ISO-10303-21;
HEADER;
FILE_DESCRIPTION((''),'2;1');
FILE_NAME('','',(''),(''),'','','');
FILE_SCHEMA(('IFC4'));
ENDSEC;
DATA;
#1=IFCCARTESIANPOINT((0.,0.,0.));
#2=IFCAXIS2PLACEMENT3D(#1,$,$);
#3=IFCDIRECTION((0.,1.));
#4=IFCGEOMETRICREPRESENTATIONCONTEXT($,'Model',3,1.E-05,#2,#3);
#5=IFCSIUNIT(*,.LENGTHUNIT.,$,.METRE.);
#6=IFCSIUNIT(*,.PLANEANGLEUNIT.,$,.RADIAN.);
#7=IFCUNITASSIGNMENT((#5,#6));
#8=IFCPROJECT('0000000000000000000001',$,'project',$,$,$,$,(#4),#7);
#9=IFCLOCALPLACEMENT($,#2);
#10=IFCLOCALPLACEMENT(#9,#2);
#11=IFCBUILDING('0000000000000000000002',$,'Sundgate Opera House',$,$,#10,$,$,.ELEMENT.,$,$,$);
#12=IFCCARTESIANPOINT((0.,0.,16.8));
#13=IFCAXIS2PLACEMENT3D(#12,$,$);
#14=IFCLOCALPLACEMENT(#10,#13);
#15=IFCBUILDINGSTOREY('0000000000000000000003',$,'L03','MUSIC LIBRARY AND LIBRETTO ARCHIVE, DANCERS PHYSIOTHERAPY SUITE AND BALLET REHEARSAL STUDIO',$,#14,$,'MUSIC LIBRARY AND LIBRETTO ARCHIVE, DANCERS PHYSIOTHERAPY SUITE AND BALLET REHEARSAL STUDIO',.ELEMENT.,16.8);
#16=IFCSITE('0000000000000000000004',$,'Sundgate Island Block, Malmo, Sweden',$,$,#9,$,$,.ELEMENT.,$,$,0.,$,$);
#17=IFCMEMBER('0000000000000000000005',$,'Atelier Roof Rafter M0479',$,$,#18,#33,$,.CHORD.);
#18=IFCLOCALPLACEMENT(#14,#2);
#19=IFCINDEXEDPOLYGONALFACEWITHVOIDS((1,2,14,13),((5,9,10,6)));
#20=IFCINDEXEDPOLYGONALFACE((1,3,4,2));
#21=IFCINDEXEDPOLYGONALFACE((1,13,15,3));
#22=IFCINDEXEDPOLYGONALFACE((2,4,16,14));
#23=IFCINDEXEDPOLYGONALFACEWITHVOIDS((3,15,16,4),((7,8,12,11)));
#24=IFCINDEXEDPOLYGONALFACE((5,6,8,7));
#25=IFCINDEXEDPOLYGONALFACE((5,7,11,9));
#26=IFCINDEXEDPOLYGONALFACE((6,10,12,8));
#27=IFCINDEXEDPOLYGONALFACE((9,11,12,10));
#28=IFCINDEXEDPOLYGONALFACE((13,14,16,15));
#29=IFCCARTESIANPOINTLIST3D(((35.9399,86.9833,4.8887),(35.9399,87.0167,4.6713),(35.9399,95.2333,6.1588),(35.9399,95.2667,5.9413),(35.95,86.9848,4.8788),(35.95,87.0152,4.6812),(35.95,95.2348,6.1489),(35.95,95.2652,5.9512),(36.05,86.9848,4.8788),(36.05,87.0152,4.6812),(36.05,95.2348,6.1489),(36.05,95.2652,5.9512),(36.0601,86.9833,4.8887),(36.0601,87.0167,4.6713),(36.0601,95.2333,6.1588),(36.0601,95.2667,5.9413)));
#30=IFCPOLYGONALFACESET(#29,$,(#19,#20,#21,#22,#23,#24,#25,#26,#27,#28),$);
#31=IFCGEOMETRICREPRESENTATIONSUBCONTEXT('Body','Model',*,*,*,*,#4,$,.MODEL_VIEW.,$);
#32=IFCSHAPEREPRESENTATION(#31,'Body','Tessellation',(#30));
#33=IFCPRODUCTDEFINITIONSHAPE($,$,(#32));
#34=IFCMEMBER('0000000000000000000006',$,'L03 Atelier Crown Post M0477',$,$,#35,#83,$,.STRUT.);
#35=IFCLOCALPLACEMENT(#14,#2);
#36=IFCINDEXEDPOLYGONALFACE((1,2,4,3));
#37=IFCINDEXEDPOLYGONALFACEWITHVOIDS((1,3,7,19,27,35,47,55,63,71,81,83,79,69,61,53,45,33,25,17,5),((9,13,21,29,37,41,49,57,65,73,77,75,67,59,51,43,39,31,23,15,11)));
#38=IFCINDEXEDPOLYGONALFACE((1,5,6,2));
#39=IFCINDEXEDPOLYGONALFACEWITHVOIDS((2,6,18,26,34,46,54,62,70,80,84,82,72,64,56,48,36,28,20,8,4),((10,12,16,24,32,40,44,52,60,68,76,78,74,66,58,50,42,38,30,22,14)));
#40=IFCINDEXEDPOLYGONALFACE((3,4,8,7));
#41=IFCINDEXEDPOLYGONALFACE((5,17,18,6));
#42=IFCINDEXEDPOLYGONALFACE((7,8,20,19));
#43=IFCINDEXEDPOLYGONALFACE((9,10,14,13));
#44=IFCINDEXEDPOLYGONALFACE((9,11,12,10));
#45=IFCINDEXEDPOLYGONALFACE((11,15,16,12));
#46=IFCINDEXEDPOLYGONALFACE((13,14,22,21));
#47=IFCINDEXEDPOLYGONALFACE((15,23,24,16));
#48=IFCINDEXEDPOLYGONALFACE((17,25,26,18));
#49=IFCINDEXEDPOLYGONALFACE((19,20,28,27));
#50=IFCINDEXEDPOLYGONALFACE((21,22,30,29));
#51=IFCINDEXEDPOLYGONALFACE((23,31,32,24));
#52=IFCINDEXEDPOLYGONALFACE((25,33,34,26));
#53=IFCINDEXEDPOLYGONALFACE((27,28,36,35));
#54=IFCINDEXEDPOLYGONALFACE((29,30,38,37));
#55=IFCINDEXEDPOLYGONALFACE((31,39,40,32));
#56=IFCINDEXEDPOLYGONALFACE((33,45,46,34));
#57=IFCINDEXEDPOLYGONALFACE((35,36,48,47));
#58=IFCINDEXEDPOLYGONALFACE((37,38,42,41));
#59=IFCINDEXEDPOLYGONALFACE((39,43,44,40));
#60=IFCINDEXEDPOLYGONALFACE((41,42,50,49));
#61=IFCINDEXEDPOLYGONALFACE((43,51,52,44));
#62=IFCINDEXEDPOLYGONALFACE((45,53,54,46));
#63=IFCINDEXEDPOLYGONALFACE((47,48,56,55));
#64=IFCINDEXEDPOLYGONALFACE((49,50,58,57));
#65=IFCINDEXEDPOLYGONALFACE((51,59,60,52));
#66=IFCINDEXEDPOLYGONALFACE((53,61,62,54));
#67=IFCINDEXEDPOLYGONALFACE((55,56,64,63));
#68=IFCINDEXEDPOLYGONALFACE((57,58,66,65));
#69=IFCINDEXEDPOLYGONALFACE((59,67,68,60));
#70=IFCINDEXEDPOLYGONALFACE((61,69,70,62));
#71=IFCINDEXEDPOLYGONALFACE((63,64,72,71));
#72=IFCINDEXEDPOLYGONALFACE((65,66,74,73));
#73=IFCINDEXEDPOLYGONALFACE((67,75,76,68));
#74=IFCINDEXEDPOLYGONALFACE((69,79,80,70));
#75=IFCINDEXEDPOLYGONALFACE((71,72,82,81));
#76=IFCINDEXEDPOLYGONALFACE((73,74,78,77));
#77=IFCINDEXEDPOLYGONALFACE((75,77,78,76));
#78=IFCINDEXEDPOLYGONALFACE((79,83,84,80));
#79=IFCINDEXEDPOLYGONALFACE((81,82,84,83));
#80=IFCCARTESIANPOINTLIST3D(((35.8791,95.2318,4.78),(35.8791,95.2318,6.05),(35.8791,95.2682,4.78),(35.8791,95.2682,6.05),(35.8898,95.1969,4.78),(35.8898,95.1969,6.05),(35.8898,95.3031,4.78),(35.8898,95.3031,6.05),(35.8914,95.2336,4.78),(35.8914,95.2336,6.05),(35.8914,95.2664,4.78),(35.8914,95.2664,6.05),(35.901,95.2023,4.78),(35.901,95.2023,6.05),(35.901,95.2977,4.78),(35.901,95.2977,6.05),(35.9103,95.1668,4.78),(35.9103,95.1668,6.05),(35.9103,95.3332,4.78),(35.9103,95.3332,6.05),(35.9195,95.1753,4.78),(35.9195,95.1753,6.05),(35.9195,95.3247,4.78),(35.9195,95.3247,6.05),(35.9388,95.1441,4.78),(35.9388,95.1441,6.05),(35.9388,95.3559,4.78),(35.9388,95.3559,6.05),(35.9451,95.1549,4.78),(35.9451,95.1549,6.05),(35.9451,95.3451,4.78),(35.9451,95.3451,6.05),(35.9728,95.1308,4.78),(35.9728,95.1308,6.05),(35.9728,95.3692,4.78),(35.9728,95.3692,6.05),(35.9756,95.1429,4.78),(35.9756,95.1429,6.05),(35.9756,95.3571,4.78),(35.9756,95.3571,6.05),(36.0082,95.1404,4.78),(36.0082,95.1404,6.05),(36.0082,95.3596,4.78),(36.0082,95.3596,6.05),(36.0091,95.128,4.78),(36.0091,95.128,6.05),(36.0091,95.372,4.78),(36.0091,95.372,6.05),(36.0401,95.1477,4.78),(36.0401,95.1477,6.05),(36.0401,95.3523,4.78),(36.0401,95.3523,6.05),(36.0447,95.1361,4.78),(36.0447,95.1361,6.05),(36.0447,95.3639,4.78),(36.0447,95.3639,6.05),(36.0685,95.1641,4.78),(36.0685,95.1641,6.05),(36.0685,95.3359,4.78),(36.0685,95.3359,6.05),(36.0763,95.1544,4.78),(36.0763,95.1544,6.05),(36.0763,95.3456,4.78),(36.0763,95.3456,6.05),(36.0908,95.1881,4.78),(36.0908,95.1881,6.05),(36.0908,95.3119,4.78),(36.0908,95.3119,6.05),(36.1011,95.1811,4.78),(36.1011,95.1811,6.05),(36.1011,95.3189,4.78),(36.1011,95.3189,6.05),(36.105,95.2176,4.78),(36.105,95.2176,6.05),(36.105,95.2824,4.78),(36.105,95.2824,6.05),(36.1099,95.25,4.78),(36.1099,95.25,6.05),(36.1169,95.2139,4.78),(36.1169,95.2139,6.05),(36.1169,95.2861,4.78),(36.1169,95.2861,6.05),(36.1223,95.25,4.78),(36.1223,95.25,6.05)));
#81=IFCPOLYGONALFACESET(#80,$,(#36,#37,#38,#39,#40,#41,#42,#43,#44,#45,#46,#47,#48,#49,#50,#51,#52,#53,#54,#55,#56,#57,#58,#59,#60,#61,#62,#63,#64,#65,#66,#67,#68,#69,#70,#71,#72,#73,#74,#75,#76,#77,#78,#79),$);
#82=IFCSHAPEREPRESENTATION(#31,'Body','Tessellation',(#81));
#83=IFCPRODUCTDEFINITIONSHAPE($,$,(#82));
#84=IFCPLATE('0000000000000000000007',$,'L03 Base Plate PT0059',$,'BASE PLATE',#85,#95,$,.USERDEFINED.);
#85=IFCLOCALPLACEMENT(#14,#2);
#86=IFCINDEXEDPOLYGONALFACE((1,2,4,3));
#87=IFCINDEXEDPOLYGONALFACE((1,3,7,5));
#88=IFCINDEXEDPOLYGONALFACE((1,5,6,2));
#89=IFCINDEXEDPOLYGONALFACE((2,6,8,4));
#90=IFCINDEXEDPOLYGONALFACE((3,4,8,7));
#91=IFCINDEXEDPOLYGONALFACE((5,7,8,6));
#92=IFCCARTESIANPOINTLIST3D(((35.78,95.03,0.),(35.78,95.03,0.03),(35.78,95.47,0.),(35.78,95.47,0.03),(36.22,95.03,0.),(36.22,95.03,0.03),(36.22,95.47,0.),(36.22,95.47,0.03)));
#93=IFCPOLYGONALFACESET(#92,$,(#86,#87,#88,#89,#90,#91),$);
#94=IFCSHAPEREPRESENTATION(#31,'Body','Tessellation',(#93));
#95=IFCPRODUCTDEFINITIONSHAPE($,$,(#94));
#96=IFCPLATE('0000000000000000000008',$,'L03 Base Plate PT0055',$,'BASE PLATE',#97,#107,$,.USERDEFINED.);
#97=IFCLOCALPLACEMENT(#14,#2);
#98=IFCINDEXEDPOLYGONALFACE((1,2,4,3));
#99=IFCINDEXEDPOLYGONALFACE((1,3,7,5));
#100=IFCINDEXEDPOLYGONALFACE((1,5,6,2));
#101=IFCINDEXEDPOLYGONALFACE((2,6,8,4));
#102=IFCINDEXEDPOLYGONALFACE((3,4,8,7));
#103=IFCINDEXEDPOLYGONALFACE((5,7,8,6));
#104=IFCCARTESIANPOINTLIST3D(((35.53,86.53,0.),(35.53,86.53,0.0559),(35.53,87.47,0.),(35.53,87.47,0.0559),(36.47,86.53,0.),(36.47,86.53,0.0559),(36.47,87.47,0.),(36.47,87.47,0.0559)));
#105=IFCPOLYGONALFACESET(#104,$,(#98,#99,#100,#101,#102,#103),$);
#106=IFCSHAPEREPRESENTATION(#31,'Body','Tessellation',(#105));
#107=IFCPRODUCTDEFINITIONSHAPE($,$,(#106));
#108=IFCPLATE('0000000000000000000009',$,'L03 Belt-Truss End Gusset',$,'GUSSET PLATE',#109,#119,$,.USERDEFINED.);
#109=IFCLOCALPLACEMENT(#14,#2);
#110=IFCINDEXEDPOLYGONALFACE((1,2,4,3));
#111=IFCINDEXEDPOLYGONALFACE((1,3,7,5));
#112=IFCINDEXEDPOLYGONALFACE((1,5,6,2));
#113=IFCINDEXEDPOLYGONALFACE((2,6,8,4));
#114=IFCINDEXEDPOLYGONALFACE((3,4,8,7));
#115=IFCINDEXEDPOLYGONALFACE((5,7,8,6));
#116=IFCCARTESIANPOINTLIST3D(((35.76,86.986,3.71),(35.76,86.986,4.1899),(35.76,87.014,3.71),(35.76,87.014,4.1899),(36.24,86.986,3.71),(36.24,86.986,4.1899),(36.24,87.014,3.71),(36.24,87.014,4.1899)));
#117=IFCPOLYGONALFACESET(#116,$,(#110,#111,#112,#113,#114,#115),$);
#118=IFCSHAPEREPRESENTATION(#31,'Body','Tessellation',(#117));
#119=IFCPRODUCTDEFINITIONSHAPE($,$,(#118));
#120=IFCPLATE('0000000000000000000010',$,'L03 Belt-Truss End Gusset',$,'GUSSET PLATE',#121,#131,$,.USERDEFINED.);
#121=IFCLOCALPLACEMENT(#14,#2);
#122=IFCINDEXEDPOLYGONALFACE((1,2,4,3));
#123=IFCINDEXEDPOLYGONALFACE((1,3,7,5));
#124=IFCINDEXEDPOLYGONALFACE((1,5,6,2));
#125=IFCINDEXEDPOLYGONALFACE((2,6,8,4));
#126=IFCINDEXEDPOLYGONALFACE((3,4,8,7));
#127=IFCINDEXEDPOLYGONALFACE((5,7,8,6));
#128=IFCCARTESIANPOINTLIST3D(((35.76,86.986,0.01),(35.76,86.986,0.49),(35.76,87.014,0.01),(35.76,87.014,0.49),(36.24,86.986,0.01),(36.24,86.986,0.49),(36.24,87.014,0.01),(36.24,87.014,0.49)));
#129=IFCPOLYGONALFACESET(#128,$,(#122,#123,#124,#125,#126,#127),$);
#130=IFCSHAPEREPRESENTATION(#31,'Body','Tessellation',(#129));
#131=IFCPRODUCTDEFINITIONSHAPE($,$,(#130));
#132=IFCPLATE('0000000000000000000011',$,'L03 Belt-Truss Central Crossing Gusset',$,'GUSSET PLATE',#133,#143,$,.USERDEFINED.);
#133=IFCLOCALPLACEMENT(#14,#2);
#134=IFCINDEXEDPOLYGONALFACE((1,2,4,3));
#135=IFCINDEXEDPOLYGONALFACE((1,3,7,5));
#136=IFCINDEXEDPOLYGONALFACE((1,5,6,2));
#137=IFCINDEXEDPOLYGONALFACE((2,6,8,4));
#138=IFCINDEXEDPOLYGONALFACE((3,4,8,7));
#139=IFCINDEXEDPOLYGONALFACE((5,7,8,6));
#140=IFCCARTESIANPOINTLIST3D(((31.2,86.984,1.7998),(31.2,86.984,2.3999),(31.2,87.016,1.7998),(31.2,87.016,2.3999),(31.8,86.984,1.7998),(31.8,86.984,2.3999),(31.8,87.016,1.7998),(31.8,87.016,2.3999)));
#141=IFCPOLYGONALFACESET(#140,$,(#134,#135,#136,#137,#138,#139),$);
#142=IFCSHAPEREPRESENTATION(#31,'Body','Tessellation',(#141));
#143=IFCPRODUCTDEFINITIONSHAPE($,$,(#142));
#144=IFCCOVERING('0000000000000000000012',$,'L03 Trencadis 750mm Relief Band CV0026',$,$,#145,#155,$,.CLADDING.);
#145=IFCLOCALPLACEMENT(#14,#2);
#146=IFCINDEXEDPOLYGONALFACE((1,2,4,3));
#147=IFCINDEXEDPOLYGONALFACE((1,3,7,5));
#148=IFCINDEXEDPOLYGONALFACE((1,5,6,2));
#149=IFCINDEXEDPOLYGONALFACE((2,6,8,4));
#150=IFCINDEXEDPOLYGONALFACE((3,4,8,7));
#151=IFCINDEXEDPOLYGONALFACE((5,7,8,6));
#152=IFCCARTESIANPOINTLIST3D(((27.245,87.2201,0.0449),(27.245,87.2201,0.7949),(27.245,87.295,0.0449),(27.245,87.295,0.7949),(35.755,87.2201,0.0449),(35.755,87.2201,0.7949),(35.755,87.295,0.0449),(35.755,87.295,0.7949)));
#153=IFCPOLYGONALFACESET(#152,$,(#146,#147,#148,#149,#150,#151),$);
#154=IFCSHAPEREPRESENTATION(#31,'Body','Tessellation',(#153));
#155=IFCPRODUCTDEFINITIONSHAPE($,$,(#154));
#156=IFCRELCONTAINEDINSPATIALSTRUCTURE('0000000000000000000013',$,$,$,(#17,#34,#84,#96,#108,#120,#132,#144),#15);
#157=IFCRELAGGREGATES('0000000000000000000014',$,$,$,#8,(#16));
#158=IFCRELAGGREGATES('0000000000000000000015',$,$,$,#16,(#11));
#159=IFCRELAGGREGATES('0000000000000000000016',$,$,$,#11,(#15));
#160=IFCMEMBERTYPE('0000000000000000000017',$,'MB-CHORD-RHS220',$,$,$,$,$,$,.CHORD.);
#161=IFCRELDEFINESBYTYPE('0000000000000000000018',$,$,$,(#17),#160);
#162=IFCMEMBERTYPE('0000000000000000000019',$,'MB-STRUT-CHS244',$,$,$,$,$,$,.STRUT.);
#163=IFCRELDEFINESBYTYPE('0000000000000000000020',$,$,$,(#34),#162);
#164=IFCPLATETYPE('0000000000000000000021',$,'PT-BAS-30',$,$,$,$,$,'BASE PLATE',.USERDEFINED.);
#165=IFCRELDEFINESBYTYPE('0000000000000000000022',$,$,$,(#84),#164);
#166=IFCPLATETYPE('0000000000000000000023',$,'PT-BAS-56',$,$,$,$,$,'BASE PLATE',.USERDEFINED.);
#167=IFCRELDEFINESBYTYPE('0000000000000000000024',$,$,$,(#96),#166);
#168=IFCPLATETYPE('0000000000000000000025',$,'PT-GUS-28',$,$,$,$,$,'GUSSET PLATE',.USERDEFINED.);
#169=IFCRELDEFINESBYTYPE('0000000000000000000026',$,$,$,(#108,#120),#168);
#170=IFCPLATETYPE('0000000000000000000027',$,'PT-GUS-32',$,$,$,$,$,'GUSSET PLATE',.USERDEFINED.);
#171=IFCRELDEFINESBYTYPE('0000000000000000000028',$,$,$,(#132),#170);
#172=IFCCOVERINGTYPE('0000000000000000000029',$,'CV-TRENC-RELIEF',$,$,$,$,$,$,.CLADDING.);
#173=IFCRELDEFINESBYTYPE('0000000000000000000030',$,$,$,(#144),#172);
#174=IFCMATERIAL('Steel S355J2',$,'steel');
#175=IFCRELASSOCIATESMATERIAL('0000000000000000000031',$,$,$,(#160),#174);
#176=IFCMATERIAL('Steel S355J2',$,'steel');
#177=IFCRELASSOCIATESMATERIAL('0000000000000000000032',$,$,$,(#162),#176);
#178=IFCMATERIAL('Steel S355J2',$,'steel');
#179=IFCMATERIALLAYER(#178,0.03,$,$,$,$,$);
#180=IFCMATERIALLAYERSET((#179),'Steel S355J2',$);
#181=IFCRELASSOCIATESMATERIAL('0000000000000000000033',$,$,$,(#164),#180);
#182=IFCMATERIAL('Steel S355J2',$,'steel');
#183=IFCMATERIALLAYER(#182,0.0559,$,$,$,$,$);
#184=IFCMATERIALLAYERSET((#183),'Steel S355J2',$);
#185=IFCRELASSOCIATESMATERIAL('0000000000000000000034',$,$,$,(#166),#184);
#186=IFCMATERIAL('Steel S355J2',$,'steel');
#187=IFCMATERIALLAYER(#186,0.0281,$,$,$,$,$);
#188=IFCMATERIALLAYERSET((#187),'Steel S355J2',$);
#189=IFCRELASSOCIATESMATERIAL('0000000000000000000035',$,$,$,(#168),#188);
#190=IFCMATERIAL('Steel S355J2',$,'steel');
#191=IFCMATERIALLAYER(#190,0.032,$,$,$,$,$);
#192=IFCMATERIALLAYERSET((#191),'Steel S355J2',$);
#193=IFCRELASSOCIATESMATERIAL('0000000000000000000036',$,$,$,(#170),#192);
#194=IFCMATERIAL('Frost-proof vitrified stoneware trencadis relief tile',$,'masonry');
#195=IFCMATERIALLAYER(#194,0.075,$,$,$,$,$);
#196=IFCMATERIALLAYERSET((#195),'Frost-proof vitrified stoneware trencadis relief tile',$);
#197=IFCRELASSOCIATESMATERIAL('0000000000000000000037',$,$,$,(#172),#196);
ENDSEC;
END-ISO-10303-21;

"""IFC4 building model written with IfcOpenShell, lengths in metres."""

from ifc_helpers import new_model, si_unit, direction, frame, origin, origin_2d, place, context, subcontext, project, spatial, rectangle, hollow_rectangle, hollow_circle, extrude, material, layer, layer_set, material_profile, profile_set, type_object, element, save


model = new_model("IFC4")

# Units and contexts
model_context = context("Model", 3, precision=1e-05, world=origin(), true_north=direction((0.0, 1.0)))
body_context = subcontext(model_context, "Body", "Model", "MODEL_VIEW")
ifc_project = project(units=[si_unit("LENGTHUNIT", "METRE"), si_unit("PLANEANGLEUNIT", "RADIAN")], contexts=[model_context])

# Site, building, storey
site_placement = place(None, origin())
site = spatial("IfcSite", under=ifc_project, at=site_placement, Name="Sundgate Island Block, Malmo, Sweden", CompositionType="ELEMENT", RefElevation=0.0)
building_placement = place(site_placement, origin())
building = spatial("IfcBuilding", under=site, at=building_placement, Name="Sundgate Opera House", CompositionType="ELEMENT")
storey_placement = place(building_placement, frame((0.0, 0.0, 16.8)))
storey = spatial("IfcBuildingStorey", under=building, at=storey_placement, Name="L03", Description="MUSIC LIBRARY AND LIBRETTO ARCHIVE, DANCERS PHYSIOTHERAPY SUITE AND BALLET REHEARSAL STUDIO", LongName="MUSIC LIBRARY AND LIBRETTO ARCHIVE, DANCERS PHYSIOTHERAPY SUITE AND BALLET REHEARSAL STUDIO", CompositionType="ELEMENT", Elevation=16.8)

# Members
ifc_material_1 = material(Name="Steel S355J2", Category="steel")
ifc_material_profile_1 = material_profile(ifc_material_1, hollow_rectangle(XDim=0.1201, YDim=0.22, WallThickness=0.01, at=origin_2d()), Name="RHS 220x120x10.0")
ifc_profile_set_1 = profile_set([ifc_material_profile_1], Name="Steel S355J2")
member_type_1 = type_object("IfcMemberType", Name="MB-CHORD-RHS220", PredefinedType="CHORD", material=ifc_profile_set_1)
member_1_placement = place(storey_placement, frame((36.0, 87.0, 4.78), z_axis=(0.0, 0.988357, 0.152149), x_axis=(-1.0, 0.0, 0.0)))
element("IfcMember", 1, at=member_1_placement, inside=storey, type_object=member_type_1, Name="Atelier Roof Rafter M0479", PredefinedType="CHORD", context=body_context, shape_type="SweptSolid", body=[
    extrude(hollow_rectangle(XDim=0.1201, YDim=0.22, WallThickness=0.01, at=origin_2d()), origin(), (0.0, 0.0, 1.0), 8.3472),
])
ifc_material_2 = material(Name="Steel S355J2", Category="steel")
ifc_material_profile_2 = material_profile(ifc_material_2, hollow_circle(Radius=0.1223, WallThickness=0.0125, at=origin_2d()), Name="CHS 244.5x12.5")
ifc_profile_set_2 = profile_set([ifc_material_profile_2], Name="Steel S355J2")
member_type_2 = type_object("IfcMemberType", Name="MB-STRUT-CHS244", PredefinedType="STRUT", material=ifc_profile_set_2)
member_2_placement = place(storey_placement, frame((36.0, 95.25, 4.78), z_axis=(0.0, 0.0, 1.0), x_axis=(1.0, 0.0, 0.0)))
element("IfcMember", 2, at=member_2_placement, inside=storey, type_object=member_type_2, Name="L03 Atelier Crown Post M0477", PredefinedType="STRUT", context=body_context, shape_type="SweptSolid", body=[
    extrude(hollow_circle(Radius=0.1223, WallThickness=0.0125, at=origin_2d()), origin(), (0.0, 0.0, 1.0), 1.27),
])

# Plates
ifc_material_3 = material(Name="Steel S355J2", Category="steel")
ifc_layer_1 = layer(ifc_material_3, 0.03)
ifc_layer_set_1 = layer_set([ifc_layer_1], Name="Steel S355J2")
plate_type_1 = type_object("IfcPlateType", Name="PT-BAS-30", ElementType="BASE PLATE", PredefinedType="USERDEFINED", material=ifc_layer_set_1)
plate_1_placement = place(storey_placement, frame((36.0, 95.25, 0.0), z_axis=(0.0, 0.0, 1.0), x_axis=(1.0, 0.0, 0.0)))
element("IfcPlate", 3, at=plate_1_placement, inside=storey, type_object=plate_type_1, Name="L03 Base Plate PT0059", ObjectType="BASE PLATE", PredefinedType="USERDEFINED", context=body_context, shape_type="SweptSolid", body=[
    extrude(rectangle(XDim=0.4399, YDim=0.4399, at=origin_2d()), origin(), (0.0, 0.0, 1.0), 0.03),
])
ifc_material_4 = material(Name="Steel S355J2", Category="steel")
ifc_layer_2 = layer(ifc_material_4, 0.0559)
ifc_layer_set_2 = layer_set([ifc_layer_2], Name="Steel S355J2")
plate_type_2 = type_object("IfcPlateType", Name="PT-BAS-56", ElementType="BASE PLATE", PredefinedType="USERDEFINED", material=ifc_layer_set_2)
plate_2_placement = place(storey_placement, frame((36.0, 87.0, 0.0), z_axis=(0.0, 0.0, 1.0), x_axis=(1.0, 0.0, 0.0)))
element("IfcPlate", 4, at=plate_2_placement, inside=storey, type_object=plate_type_2, Name="L03 Base Plate PT0055", ObjectType="BASE PLATE", PredefinedType="USERDEFINED", context=body_context, shape_type="SweptSolid", body=[
    extrude(rectangle(XDim=0.9399, YDim=0.9399, at=origin_2d()), origin(), (0.0, 0.0, 1.0), 0.0559),
])
ifc_material_5 = material(Name="Steel S355J2", Category="steel")
ifc_layer_3 = layer(ifc_material_5, 0.0281)
ifc_layer_set_3 = layer_set([ifc_layer_3], Name="Steel S355J2")
plate_type_3 = type_object("IfcPlateType", Name="PT-GUS-28", ElementType="GUSSET PLATE", PredefinedType="USERDEFINED", material=ifc_layer_set_3)
for number, where, z_axis, x_axis, name in (
    (5, (36.0, 87.0, 3.71), (0.0, 0.0, 1.0), (1.0, 0.0, 0.0), "L03 Belt-Truss End Gusset"),
    (6, (36.0, 87.0, 0.01), (0.0, 0.0, 1.0), (1.0, 0.0, 0.0), "L03 Belt-Truss End Gusset"),
):
    element("IfcPlate", number, at=place(storey_placement, frame(where, z_axis=z_axis, x_axis=x_axis)), inside=storey, type_object=plate_type_3, Name=name, ObjectType="GUSSET PLATE", PredefinedType="USERDEFINED", context=body_context, shape_type="SweptSolid", body=[
        extrude(rectangle(XDim=0.48, YDim=0.0281, at=origin_2d()), origin(), (0.0, 0.0, 1.0), 0.48),
    ])
ifc_material_6 = material(Name="Steel S355J2", Category="steel")
ifc_layer_4 = layer(ifc_material_6, 0.032)
ifc_layer_set_4 = layer_set([ifc_layer_4], Name="Steel S355J2")
plate_type_4 = type_object("IfcPlateType", Name="PT-GUS-32", ElementType="GUSSET PLATE", PredefinedType="USERDEFINED", material=ifc_layer_set_4)
plate_3_placement = place(storey_placement, frame((31.5, 87.0, 1.7998), z_axis=(0.0, 0.0, 1.0), x_axis=(1.0, 0.0, 0.0)))
element("IfcPlate", 7, at=plate_3_placement, inside=storey, type_object=plate_type_4, Name="L03 Belt-Truss Central Crossing Gusset", ObjectType="GUSSET PLATE", PredefinedType="USERDEFINED", context=body_context, shape_type="SweptSolid", body=[
    extrude(rectangle(XDim=0.6001, YDim=0.032, at=origin_2d()), origin(), (0.0, 0.0, 1.0), 0.6001),
])

# Covering
ifc_material_7 = material(Name="Frost-proof vitrified stoneware trencadis relief tile", Category="masonry")
ifc_layer_5 = layer(ifc_material_7, 0.075)
ifc_layer_set_5 = layer_set([ifc_layer_5], Name="Frost-proof vitrified stoneware trencadis relief tile")
covering_type = type_object("IfcCoveringType", Name="CV-TRENC-RELIEF", PredefinedType="CLADDING", material=ifc_layer_set_5)
covering_placement = place(storey_placement, frame((31.5, 87.2576, 0.0449), z_axis=(0.0, 0.0, 1.0), x_axis=(1.0, 0.0, 0.0)))
element("IfcCovering", 8, at=covering_placement, inside=storey, type_object=covering_type, Name="L03 Trencadis 750mm Relief Band CV0026", PredefinedType="CLADDING", context=body_context, shape_type="SweptSolid", body=[
    extrude(rectangle(XDim=8.51, YDim=0.075, at=origin_2d()), origin(), (0.0, 0.0, 1.0), 0.75),
])

save(model, "model.ifc")
